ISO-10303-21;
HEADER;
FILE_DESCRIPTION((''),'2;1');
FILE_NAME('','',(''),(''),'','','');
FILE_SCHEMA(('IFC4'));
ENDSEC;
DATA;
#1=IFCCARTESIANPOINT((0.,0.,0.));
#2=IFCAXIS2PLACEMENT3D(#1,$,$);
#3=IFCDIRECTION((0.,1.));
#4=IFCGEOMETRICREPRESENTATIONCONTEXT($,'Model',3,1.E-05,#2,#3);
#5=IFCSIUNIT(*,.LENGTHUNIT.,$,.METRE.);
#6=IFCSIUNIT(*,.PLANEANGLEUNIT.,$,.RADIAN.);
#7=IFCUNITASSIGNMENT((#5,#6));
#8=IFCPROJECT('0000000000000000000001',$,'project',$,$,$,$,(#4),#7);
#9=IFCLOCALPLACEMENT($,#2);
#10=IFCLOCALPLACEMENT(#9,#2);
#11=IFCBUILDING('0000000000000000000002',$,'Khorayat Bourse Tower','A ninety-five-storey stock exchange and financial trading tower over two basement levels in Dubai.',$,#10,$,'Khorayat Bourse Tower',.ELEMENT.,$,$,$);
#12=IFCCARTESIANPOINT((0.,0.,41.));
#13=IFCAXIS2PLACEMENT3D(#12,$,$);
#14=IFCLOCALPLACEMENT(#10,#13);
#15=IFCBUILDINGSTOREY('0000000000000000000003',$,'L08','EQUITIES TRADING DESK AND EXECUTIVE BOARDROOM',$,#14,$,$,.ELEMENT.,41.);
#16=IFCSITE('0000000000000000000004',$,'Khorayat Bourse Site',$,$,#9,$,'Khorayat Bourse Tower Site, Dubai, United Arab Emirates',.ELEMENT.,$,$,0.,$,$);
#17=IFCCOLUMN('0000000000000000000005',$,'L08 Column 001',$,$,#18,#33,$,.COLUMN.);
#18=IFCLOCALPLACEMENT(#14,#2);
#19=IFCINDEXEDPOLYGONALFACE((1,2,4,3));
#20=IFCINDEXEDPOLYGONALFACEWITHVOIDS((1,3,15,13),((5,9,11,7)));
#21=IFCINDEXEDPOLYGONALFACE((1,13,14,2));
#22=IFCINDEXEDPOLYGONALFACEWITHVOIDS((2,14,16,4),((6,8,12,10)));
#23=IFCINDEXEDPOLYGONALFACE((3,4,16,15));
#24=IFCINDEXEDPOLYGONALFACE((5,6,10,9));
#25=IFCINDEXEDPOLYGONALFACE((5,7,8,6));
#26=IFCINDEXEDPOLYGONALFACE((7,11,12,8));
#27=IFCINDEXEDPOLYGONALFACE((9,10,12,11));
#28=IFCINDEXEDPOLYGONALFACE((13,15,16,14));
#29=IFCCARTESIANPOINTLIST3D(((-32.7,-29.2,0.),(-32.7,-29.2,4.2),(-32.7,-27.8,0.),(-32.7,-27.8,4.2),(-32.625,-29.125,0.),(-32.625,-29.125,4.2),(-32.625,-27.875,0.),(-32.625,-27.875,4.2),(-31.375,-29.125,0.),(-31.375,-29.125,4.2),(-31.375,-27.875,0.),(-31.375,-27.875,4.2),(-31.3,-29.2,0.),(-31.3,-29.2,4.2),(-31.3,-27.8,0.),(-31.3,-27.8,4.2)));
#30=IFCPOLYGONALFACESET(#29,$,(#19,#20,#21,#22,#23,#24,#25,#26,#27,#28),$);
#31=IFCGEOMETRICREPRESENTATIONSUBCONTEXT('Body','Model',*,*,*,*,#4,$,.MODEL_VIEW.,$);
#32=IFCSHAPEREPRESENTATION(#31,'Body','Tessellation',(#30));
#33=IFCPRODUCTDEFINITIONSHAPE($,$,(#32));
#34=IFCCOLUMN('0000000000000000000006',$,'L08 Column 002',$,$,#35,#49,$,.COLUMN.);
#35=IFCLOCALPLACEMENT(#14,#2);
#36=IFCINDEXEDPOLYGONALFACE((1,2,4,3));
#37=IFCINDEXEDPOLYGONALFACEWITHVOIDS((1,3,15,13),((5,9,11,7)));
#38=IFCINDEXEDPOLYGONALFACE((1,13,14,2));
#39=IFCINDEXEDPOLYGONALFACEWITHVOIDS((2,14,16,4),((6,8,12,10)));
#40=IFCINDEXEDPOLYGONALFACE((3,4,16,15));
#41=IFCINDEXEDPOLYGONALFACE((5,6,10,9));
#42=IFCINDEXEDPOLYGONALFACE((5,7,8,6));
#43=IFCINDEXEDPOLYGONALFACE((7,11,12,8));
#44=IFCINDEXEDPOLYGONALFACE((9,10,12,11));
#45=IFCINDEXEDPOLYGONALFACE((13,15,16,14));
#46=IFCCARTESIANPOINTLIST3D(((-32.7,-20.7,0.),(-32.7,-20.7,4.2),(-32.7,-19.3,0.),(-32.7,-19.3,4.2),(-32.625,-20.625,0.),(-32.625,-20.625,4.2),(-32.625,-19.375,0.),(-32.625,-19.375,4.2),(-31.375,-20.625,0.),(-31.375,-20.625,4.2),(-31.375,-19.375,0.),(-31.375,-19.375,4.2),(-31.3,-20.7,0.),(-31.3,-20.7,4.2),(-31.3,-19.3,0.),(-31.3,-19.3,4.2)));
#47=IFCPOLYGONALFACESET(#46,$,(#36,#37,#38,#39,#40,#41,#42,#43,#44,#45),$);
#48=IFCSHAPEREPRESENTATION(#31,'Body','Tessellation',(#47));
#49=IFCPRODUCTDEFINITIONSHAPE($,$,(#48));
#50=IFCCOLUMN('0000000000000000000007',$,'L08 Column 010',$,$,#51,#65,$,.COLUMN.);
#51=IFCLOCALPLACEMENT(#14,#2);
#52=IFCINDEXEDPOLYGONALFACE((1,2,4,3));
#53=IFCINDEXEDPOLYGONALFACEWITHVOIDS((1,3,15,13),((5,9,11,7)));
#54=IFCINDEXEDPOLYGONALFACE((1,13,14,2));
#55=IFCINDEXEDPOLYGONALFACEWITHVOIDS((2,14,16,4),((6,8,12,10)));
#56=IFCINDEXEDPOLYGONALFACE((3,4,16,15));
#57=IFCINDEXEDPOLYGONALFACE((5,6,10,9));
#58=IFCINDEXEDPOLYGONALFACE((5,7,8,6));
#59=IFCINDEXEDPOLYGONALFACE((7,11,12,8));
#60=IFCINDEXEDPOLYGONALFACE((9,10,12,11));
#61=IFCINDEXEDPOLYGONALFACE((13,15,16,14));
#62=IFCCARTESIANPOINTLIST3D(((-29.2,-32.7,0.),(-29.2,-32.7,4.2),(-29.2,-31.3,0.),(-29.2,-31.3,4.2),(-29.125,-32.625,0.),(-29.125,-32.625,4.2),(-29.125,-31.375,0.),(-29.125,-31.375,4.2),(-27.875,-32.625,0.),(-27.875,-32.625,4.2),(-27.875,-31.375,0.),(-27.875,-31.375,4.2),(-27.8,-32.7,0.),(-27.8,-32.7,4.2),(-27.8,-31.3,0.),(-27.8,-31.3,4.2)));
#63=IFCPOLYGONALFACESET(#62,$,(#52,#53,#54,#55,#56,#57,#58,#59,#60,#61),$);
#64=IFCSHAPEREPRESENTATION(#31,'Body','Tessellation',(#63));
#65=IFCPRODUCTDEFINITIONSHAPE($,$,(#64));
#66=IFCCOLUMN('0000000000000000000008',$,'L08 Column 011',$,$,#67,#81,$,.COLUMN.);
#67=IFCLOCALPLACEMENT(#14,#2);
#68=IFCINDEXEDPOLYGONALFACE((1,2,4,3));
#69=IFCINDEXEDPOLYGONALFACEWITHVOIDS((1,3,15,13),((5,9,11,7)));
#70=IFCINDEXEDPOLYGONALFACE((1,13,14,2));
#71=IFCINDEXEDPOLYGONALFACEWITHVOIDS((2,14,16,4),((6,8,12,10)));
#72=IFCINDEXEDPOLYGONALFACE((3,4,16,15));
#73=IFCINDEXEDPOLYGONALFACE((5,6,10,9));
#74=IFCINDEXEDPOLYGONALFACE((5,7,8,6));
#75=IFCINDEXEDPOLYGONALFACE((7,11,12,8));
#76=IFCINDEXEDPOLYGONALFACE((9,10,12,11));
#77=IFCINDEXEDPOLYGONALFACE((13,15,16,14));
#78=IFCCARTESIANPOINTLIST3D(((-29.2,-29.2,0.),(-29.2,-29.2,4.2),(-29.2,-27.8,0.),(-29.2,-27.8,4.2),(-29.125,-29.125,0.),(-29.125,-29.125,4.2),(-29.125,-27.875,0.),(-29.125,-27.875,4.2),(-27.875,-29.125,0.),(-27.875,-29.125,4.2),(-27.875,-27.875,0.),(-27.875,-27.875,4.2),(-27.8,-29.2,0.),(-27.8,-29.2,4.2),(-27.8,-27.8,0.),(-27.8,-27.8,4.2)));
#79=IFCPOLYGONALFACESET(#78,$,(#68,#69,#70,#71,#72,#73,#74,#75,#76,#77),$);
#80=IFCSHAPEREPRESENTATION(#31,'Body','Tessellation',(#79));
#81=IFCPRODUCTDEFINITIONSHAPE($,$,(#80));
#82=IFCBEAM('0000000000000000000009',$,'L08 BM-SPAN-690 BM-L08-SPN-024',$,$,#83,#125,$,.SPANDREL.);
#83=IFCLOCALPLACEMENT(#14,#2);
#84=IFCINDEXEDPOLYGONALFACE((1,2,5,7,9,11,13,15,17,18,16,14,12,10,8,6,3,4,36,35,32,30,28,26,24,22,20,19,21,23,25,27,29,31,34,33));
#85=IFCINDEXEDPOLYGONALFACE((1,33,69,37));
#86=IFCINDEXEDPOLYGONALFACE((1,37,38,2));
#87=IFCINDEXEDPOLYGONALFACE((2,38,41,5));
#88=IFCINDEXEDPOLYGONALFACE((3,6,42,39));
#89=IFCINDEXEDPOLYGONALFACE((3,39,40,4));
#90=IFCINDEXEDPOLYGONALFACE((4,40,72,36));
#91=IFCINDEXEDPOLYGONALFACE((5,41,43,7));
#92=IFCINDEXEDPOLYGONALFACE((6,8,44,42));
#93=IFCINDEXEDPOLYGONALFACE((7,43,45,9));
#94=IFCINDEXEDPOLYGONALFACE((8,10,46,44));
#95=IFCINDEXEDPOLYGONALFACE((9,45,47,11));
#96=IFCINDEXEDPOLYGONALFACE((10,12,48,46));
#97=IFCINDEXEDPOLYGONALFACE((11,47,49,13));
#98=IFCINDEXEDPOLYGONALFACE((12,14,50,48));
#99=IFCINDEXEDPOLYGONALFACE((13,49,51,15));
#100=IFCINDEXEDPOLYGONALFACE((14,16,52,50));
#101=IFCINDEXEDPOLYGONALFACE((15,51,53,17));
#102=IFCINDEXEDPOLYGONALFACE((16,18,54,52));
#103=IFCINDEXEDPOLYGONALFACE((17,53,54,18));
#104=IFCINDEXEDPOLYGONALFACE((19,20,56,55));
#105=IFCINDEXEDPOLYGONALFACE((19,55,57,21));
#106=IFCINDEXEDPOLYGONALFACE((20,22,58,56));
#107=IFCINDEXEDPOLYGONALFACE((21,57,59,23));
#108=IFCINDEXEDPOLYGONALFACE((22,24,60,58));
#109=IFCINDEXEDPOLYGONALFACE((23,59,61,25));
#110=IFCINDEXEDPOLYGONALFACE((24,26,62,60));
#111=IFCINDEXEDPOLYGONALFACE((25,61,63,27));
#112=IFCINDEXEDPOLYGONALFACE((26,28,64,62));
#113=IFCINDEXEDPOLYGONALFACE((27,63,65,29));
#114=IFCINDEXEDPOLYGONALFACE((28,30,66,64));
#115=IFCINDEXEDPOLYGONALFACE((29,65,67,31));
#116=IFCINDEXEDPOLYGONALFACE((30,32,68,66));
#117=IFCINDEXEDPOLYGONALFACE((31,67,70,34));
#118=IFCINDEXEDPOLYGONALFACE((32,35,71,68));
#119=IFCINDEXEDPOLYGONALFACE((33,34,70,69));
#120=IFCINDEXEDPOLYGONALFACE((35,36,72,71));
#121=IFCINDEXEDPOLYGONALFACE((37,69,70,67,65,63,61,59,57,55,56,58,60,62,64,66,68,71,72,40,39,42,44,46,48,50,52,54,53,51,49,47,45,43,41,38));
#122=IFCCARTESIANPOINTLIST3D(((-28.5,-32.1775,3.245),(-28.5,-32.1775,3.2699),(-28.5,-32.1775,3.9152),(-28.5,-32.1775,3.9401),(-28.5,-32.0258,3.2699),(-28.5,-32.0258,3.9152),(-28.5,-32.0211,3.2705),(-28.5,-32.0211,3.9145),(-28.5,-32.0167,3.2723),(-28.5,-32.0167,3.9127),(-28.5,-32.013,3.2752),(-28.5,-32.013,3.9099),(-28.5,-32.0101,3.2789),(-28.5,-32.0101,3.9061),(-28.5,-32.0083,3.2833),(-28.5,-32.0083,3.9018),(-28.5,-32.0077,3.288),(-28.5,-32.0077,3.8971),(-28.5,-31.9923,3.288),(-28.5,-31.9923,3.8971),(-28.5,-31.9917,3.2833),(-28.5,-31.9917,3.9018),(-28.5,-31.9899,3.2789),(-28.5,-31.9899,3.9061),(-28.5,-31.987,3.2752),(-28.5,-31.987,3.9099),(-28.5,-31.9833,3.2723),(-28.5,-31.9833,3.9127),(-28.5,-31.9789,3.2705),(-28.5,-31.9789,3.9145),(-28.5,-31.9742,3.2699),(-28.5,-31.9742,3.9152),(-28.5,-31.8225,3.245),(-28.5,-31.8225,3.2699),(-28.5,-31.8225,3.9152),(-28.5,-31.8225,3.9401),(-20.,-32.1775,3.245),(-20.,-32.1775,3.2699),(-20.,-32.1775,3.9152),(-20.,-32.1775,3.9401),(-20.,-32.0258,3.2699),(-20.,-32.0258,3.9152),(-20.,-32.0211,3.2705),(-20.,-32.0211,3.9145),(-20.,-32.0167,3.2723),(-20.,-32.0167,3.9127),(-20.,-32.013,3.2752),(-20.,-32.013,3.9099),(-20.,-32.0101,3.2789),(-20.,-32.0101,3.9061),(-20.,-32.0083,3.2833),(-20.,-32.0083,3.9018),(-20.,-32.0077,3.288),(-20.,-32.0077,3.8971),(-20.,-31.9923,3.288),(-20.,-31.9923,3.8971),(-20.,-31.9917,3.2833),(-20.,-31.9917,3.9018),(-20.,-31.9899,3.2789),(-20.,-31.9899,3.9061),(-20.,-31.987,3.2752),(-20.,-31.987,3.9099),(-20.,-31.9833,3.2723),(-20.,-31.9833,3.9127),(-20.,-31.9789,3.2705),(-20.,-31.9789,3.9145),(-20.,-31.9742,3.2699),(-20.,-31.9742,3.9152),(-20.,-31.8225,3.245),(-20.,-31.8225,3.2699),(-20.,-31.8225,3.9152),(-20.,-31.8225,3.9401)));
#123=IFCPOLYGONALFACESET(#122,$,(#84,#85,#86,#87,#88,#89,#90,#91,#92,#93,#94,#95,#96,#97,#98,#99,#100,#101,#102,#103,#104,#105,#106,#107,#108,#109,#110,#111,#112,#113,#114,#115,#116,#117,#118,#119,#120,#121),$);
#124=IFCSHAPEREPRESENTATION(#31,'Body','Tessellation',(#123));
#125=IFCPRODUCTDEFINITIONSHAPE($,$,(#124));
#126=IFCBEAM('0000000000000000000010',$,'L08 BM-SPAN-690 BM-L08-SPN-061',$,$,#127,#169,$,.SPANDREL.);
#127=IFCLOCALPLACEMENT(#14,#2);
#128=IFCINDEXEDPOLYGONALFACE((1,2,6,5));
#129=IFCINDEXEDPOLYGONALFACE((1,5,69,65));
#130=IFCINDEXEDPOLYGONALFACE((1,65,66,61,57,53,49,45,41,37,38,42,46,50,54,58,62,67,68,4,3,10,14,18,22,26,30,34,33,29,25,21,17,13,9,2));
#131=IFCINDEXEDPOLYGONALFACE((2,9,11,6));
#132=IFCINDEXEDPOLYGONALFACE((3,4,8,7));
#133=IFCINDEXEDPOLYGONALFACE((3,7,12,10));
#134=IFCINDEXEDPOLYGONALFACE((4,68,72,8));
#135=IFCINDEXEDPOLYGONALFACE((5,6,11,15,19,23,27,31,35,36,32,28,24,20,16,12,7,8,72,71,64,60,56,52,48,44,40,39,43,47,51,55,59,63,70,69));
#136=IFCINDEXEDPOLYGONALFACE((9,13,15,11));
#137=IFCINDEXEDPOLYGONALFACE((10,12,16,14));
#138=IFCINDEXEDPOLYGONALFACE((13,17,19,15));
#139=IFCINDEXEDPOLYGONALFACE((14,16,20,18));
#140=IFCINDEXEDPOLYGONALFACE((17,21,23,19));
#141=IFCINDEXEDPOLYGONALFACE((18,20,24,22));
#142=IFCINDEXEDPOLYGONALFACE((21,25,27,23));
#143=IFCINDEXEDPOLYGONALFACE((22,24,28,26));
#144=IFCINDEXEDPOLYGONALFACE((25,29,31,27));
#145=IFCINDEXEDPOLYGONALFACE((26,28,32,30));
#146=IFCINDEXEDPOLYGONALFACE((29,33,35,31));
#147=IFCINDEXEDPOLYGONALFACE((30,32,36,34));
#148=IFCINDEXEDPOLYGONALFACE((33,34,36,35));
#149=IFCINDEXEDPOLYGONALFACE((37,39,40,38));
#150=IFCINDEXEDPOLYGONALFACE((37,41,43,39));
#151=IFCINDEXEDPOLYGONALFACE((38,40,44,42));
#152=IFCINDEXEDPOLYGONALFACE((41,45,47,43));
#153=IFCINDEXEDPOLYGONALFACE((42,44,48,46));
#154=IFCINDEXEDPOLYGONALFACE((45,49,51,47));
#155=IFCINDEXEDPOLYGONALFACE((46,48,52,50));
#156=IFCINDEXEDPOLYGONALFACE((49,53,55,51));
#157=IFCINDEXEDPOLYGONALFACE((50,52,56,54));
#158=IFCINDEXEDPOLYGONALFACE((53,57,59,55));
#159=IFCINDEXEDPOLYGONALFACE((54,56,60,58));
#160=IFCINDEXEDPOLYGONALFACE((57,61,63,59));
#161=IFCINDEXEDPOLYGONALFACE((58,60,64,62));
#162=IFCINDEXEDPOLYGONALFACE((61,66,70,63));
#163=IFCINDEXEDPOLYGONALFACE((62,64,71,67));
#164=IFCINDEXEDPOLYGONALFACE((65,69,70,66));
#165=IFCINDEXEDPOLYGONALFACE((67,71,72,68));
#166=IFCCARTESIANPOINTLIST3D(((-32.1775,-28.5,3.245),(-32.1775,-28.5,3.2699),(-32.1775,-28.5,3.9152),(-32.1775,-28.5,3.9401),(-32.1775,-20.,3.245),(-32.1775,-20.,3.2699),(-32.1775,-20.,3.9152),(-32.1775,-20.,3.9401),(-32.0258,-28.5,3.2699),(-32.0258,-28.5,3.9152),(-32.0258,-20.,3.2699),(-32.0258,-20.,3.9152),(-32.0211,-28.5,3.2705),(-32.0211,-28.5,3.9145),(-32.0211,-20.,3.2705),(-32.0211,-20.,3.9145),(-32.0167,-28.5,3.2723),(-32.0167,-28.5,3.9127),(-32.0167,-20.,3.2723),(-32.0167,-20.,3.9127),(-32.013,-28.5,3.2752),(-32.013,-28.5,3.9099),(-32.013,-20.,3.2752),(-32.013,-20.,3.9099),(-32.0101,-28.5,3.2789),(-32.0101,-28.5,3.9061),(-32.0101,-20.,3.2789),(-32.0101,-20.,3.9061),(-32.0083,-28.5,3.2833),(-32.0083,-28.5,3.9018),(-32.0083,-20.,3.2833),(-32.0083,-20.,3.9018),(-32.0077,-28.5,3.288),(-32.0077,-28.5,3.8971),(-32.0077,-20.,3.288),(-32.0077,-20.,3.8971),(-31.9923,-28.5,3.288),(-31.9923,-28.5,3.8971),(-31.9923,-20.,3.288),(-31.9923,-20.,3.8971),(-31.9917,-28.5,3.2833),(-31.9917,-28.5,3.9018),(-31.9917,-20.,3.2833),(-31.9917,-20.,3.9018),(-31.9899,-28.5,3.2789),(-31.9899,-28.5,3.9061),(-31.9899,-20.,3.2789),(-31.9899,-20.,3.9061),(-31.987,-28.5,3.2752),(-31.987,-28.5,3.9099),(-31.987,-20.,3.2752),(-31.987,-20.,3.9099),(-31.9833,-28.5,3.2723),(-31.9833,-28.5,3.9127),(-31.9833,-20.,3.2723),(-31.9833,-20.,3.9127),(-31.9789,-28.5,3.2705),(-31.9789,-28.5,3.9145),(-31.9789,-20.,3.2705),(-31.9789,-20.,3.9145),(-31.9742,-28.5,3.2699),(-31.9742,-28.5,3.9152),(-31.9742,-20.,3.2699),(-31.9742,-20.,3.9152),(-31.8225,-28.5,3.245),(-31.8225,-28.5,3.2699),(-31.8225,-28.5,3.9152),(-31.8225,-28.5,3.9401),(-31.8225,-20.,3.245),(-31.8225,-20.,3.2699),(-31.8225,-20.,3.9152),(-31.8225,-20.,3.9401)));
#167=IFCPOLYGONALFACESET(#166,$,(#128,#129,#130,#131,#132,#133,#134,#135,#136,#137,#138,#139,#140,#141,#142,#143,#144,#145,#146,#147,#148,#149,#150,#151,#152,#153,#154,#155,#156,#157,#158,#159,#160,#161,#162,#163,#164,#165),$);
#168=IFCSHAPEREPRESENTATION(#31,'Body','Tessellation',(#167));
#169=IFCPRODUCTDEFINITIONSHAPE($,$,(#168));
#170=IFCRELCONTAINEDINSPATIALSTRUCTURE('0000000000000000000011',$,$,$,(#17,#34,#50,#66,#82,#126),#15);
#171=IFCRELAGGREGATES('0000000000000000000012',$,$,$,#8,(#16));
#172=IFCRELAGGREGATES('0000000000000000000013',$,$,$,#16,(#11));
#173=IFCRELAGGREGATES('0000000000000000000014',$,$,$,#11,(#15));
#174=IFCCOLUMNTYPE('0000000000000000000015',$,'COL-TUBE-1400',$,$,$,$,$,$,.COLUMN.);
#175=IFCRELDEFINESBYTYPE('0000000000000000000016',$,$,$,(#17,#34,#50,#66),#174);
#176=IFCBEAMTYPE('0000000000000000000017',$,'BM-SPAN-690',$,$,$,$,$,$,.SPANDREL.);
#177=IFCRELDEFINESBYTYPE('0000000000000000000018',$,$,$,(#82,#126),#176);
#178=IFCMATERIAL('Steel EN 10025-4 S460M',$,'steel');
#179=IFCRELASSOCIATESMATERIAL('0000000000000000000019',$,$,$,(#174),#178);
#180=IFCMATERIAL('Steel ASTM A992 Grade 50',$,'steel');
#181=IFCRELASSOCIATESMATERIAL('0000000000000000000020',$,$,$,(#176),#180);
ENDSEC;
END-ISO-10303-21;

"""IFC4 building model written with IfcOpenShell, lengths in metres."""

from ifc_helpers import new_model, si_unit, direction, frame, origin, origin_2d, place, context, subcontext, project, spatial, hollow_rectangle, i_section, extrude, source, transform, mapped, material, material_profile, profile_set, type_object, element, save


model = new_model("IFC4")

# Units and contexts
model_context = context("Model", 3, precision=1e-05, world=origin(), true_north=direction((0.0, 1.0)))
body_context = subcontext(model_context, "Body", "Model", "MODEL_VIEW")
ifc_project = project(units=[si_unit("LENGTHUNIT", "METRE"), si_unit("PLANEANGLEUNIT", "RADIAN")], contexts=[model_context])

# Site, building, storey
site_placement = place(None, origin())
site = spatial("IfcSite", under=ifc_project, at=site_placement, Name="Khorayat Bourse Site", LongName="Khorayat Bourse Tower Site, Dubai, United Arab Emirates", CompositionType="ELEMENT", RefElevation=0.0)
building_placement = place(site_placement, origin())
building = spatial("IfcBuilding", under=site, at=building_placement, Name="Khorayat Bourse Tower", Description="A ninety-five-storey stock exchange and financial trading tower over two basement levels in Dubai.", LongName="Khorayat Bourse Tower", CompositionType="ELEMENT")
storey_placement = place(building_placement, frame((0.0, 0.0, 41.0)))
storey = spatial("IfcBuildingStorey", under=building, at=storey_placement, Name="L08", Description="EQUITIES TRADING DESK AND EXECUTIVE BOARDROOM", CompositionType="ELEMENT", Elevation=41.0)

# Columns
ifc_material_1 = material(Name="Steel EN 10025-4 S460M", Category="steel")
ifc_material_profile_1 = material_profile(ifc_material_1, hollow_rectangle(XDim=1.3999, YDim=1.3999, WallThickness=0.075, at=origin_2d()), Name="BOX 1400x1400x75")
ifc_profile_set_1 = profile_set([ifc_material_profile_1], Name="Steel EN 10025-4 S460M")
column_type = type_object("IfcColumnType", Name="COL-TUBE-1400", PredefinedType="COLUMN", material=ifc_profile_set_1)
shared_shape_1 = source(origin(), body_context, "Body", "SweptSolid", [
    extrude(hollow_rectangle(XDim=1.3999, YDim=1.3999, WallThickness=0.075, at=origin_2d()), origin(), (0.0, 0.0, 1.0), 4.2),
])
for number, where, z_axis, x_axis, name in (
    (1, (-32.0, -28.5, 0.0), (0.0, 0.0, 1.0), (1.0, 0.0, 0.0), "L08 Column 001"),
    (2, (-32.0, -20.0, 0.0), (0.0, 0.0, 1.0), (1.0, 0.0, 0.0), "L08 Column 002"),
    (3, (-28.5, -32.0, 0.0), (0.0, 0.0, 1.0), (1.0, 0.0, 0.0), "L08 Column 010"),
    (4, (-28.5, -28.5, 0.0), (0.0, 0.0, 1.0), (1.0, 0.0, 0.0), "L08 Column 011"),
):
    element("IfcColumn", number, at=place(storey_placement, frame(where, z_axis=z_axis, x_axis=x_axis)), inside=storey, type_object=column_type, Name=name, PredefinedType="COLUMN", context=body_context, shape_type="MappedRepresentation", body=[
        mapped(shared_shape_1, transform((0.0, 0.0, 0.0), scale=1.0)),
    ])

# Beams
ifc_material_2 = material(Name="Steel ASTM A992 Grade 50", Category="steel")
ifc_material_profile_2 = material_profile(ifc_material_2, i_section(OverallWidth=0.355, OverallDepth=0.6951, WebThickness=0.0154, FlangeThickness=0.0249, FilletRadius=0.0181, at=origin_2d()), Name="W690X217")
ifc_profile_set_2 = profile_set([ifc_material_profile_2], Name="Steel ASTM A992 Grade 50")
beam_type_1 = type_object("IfcBeamType", Name="BM-SPAN-690", PredefinedType="SPANDREL", material=ifc_profile_set_2)
shared_shape_2 = source(origin(), body_context, "Body", "SweptSolid", [
    extrude(i_section(OverallWidth=0.355, OverallDepth=0.6951, WebThickness=0.0154, FlangeThickness=0.0249, FilletRadius=0.0181, at=origin_2d()), origin(), (0.0, 0.0, 1.0), 8.5),
])
for number, where, z_axis, x_axis, name in (
    (5, (-28.5, -32.0, 3.5925), (1.0, 0.0, 0.0), (0.0, 1.0, 0.0), "L08 BM-SPAN-690 BM-L08-SPN-024"),
    (6, (-32.0, -28.5, 3.5925), (0.0, 1.0, 0.0), (-1.0, 0.0, 0.0), "L08 BM-SPAN-690 BM-L08-SPN-061"),
):
    element("IfcBeam", number, at=place(storey_placement, frame(where, z_axis=z_axis, x_axis=x_axis)), inside=storey, type_object=beam_type_1, Name=name, PredefinedType="SPANDREL", context=body_context, shape_type="MappedRepresentation", body=[
        mapped(shared_shape_2, transform((0.0, 0.0, 0.0), scale=1.0)),
    ])

save(model, "model.ifc")
